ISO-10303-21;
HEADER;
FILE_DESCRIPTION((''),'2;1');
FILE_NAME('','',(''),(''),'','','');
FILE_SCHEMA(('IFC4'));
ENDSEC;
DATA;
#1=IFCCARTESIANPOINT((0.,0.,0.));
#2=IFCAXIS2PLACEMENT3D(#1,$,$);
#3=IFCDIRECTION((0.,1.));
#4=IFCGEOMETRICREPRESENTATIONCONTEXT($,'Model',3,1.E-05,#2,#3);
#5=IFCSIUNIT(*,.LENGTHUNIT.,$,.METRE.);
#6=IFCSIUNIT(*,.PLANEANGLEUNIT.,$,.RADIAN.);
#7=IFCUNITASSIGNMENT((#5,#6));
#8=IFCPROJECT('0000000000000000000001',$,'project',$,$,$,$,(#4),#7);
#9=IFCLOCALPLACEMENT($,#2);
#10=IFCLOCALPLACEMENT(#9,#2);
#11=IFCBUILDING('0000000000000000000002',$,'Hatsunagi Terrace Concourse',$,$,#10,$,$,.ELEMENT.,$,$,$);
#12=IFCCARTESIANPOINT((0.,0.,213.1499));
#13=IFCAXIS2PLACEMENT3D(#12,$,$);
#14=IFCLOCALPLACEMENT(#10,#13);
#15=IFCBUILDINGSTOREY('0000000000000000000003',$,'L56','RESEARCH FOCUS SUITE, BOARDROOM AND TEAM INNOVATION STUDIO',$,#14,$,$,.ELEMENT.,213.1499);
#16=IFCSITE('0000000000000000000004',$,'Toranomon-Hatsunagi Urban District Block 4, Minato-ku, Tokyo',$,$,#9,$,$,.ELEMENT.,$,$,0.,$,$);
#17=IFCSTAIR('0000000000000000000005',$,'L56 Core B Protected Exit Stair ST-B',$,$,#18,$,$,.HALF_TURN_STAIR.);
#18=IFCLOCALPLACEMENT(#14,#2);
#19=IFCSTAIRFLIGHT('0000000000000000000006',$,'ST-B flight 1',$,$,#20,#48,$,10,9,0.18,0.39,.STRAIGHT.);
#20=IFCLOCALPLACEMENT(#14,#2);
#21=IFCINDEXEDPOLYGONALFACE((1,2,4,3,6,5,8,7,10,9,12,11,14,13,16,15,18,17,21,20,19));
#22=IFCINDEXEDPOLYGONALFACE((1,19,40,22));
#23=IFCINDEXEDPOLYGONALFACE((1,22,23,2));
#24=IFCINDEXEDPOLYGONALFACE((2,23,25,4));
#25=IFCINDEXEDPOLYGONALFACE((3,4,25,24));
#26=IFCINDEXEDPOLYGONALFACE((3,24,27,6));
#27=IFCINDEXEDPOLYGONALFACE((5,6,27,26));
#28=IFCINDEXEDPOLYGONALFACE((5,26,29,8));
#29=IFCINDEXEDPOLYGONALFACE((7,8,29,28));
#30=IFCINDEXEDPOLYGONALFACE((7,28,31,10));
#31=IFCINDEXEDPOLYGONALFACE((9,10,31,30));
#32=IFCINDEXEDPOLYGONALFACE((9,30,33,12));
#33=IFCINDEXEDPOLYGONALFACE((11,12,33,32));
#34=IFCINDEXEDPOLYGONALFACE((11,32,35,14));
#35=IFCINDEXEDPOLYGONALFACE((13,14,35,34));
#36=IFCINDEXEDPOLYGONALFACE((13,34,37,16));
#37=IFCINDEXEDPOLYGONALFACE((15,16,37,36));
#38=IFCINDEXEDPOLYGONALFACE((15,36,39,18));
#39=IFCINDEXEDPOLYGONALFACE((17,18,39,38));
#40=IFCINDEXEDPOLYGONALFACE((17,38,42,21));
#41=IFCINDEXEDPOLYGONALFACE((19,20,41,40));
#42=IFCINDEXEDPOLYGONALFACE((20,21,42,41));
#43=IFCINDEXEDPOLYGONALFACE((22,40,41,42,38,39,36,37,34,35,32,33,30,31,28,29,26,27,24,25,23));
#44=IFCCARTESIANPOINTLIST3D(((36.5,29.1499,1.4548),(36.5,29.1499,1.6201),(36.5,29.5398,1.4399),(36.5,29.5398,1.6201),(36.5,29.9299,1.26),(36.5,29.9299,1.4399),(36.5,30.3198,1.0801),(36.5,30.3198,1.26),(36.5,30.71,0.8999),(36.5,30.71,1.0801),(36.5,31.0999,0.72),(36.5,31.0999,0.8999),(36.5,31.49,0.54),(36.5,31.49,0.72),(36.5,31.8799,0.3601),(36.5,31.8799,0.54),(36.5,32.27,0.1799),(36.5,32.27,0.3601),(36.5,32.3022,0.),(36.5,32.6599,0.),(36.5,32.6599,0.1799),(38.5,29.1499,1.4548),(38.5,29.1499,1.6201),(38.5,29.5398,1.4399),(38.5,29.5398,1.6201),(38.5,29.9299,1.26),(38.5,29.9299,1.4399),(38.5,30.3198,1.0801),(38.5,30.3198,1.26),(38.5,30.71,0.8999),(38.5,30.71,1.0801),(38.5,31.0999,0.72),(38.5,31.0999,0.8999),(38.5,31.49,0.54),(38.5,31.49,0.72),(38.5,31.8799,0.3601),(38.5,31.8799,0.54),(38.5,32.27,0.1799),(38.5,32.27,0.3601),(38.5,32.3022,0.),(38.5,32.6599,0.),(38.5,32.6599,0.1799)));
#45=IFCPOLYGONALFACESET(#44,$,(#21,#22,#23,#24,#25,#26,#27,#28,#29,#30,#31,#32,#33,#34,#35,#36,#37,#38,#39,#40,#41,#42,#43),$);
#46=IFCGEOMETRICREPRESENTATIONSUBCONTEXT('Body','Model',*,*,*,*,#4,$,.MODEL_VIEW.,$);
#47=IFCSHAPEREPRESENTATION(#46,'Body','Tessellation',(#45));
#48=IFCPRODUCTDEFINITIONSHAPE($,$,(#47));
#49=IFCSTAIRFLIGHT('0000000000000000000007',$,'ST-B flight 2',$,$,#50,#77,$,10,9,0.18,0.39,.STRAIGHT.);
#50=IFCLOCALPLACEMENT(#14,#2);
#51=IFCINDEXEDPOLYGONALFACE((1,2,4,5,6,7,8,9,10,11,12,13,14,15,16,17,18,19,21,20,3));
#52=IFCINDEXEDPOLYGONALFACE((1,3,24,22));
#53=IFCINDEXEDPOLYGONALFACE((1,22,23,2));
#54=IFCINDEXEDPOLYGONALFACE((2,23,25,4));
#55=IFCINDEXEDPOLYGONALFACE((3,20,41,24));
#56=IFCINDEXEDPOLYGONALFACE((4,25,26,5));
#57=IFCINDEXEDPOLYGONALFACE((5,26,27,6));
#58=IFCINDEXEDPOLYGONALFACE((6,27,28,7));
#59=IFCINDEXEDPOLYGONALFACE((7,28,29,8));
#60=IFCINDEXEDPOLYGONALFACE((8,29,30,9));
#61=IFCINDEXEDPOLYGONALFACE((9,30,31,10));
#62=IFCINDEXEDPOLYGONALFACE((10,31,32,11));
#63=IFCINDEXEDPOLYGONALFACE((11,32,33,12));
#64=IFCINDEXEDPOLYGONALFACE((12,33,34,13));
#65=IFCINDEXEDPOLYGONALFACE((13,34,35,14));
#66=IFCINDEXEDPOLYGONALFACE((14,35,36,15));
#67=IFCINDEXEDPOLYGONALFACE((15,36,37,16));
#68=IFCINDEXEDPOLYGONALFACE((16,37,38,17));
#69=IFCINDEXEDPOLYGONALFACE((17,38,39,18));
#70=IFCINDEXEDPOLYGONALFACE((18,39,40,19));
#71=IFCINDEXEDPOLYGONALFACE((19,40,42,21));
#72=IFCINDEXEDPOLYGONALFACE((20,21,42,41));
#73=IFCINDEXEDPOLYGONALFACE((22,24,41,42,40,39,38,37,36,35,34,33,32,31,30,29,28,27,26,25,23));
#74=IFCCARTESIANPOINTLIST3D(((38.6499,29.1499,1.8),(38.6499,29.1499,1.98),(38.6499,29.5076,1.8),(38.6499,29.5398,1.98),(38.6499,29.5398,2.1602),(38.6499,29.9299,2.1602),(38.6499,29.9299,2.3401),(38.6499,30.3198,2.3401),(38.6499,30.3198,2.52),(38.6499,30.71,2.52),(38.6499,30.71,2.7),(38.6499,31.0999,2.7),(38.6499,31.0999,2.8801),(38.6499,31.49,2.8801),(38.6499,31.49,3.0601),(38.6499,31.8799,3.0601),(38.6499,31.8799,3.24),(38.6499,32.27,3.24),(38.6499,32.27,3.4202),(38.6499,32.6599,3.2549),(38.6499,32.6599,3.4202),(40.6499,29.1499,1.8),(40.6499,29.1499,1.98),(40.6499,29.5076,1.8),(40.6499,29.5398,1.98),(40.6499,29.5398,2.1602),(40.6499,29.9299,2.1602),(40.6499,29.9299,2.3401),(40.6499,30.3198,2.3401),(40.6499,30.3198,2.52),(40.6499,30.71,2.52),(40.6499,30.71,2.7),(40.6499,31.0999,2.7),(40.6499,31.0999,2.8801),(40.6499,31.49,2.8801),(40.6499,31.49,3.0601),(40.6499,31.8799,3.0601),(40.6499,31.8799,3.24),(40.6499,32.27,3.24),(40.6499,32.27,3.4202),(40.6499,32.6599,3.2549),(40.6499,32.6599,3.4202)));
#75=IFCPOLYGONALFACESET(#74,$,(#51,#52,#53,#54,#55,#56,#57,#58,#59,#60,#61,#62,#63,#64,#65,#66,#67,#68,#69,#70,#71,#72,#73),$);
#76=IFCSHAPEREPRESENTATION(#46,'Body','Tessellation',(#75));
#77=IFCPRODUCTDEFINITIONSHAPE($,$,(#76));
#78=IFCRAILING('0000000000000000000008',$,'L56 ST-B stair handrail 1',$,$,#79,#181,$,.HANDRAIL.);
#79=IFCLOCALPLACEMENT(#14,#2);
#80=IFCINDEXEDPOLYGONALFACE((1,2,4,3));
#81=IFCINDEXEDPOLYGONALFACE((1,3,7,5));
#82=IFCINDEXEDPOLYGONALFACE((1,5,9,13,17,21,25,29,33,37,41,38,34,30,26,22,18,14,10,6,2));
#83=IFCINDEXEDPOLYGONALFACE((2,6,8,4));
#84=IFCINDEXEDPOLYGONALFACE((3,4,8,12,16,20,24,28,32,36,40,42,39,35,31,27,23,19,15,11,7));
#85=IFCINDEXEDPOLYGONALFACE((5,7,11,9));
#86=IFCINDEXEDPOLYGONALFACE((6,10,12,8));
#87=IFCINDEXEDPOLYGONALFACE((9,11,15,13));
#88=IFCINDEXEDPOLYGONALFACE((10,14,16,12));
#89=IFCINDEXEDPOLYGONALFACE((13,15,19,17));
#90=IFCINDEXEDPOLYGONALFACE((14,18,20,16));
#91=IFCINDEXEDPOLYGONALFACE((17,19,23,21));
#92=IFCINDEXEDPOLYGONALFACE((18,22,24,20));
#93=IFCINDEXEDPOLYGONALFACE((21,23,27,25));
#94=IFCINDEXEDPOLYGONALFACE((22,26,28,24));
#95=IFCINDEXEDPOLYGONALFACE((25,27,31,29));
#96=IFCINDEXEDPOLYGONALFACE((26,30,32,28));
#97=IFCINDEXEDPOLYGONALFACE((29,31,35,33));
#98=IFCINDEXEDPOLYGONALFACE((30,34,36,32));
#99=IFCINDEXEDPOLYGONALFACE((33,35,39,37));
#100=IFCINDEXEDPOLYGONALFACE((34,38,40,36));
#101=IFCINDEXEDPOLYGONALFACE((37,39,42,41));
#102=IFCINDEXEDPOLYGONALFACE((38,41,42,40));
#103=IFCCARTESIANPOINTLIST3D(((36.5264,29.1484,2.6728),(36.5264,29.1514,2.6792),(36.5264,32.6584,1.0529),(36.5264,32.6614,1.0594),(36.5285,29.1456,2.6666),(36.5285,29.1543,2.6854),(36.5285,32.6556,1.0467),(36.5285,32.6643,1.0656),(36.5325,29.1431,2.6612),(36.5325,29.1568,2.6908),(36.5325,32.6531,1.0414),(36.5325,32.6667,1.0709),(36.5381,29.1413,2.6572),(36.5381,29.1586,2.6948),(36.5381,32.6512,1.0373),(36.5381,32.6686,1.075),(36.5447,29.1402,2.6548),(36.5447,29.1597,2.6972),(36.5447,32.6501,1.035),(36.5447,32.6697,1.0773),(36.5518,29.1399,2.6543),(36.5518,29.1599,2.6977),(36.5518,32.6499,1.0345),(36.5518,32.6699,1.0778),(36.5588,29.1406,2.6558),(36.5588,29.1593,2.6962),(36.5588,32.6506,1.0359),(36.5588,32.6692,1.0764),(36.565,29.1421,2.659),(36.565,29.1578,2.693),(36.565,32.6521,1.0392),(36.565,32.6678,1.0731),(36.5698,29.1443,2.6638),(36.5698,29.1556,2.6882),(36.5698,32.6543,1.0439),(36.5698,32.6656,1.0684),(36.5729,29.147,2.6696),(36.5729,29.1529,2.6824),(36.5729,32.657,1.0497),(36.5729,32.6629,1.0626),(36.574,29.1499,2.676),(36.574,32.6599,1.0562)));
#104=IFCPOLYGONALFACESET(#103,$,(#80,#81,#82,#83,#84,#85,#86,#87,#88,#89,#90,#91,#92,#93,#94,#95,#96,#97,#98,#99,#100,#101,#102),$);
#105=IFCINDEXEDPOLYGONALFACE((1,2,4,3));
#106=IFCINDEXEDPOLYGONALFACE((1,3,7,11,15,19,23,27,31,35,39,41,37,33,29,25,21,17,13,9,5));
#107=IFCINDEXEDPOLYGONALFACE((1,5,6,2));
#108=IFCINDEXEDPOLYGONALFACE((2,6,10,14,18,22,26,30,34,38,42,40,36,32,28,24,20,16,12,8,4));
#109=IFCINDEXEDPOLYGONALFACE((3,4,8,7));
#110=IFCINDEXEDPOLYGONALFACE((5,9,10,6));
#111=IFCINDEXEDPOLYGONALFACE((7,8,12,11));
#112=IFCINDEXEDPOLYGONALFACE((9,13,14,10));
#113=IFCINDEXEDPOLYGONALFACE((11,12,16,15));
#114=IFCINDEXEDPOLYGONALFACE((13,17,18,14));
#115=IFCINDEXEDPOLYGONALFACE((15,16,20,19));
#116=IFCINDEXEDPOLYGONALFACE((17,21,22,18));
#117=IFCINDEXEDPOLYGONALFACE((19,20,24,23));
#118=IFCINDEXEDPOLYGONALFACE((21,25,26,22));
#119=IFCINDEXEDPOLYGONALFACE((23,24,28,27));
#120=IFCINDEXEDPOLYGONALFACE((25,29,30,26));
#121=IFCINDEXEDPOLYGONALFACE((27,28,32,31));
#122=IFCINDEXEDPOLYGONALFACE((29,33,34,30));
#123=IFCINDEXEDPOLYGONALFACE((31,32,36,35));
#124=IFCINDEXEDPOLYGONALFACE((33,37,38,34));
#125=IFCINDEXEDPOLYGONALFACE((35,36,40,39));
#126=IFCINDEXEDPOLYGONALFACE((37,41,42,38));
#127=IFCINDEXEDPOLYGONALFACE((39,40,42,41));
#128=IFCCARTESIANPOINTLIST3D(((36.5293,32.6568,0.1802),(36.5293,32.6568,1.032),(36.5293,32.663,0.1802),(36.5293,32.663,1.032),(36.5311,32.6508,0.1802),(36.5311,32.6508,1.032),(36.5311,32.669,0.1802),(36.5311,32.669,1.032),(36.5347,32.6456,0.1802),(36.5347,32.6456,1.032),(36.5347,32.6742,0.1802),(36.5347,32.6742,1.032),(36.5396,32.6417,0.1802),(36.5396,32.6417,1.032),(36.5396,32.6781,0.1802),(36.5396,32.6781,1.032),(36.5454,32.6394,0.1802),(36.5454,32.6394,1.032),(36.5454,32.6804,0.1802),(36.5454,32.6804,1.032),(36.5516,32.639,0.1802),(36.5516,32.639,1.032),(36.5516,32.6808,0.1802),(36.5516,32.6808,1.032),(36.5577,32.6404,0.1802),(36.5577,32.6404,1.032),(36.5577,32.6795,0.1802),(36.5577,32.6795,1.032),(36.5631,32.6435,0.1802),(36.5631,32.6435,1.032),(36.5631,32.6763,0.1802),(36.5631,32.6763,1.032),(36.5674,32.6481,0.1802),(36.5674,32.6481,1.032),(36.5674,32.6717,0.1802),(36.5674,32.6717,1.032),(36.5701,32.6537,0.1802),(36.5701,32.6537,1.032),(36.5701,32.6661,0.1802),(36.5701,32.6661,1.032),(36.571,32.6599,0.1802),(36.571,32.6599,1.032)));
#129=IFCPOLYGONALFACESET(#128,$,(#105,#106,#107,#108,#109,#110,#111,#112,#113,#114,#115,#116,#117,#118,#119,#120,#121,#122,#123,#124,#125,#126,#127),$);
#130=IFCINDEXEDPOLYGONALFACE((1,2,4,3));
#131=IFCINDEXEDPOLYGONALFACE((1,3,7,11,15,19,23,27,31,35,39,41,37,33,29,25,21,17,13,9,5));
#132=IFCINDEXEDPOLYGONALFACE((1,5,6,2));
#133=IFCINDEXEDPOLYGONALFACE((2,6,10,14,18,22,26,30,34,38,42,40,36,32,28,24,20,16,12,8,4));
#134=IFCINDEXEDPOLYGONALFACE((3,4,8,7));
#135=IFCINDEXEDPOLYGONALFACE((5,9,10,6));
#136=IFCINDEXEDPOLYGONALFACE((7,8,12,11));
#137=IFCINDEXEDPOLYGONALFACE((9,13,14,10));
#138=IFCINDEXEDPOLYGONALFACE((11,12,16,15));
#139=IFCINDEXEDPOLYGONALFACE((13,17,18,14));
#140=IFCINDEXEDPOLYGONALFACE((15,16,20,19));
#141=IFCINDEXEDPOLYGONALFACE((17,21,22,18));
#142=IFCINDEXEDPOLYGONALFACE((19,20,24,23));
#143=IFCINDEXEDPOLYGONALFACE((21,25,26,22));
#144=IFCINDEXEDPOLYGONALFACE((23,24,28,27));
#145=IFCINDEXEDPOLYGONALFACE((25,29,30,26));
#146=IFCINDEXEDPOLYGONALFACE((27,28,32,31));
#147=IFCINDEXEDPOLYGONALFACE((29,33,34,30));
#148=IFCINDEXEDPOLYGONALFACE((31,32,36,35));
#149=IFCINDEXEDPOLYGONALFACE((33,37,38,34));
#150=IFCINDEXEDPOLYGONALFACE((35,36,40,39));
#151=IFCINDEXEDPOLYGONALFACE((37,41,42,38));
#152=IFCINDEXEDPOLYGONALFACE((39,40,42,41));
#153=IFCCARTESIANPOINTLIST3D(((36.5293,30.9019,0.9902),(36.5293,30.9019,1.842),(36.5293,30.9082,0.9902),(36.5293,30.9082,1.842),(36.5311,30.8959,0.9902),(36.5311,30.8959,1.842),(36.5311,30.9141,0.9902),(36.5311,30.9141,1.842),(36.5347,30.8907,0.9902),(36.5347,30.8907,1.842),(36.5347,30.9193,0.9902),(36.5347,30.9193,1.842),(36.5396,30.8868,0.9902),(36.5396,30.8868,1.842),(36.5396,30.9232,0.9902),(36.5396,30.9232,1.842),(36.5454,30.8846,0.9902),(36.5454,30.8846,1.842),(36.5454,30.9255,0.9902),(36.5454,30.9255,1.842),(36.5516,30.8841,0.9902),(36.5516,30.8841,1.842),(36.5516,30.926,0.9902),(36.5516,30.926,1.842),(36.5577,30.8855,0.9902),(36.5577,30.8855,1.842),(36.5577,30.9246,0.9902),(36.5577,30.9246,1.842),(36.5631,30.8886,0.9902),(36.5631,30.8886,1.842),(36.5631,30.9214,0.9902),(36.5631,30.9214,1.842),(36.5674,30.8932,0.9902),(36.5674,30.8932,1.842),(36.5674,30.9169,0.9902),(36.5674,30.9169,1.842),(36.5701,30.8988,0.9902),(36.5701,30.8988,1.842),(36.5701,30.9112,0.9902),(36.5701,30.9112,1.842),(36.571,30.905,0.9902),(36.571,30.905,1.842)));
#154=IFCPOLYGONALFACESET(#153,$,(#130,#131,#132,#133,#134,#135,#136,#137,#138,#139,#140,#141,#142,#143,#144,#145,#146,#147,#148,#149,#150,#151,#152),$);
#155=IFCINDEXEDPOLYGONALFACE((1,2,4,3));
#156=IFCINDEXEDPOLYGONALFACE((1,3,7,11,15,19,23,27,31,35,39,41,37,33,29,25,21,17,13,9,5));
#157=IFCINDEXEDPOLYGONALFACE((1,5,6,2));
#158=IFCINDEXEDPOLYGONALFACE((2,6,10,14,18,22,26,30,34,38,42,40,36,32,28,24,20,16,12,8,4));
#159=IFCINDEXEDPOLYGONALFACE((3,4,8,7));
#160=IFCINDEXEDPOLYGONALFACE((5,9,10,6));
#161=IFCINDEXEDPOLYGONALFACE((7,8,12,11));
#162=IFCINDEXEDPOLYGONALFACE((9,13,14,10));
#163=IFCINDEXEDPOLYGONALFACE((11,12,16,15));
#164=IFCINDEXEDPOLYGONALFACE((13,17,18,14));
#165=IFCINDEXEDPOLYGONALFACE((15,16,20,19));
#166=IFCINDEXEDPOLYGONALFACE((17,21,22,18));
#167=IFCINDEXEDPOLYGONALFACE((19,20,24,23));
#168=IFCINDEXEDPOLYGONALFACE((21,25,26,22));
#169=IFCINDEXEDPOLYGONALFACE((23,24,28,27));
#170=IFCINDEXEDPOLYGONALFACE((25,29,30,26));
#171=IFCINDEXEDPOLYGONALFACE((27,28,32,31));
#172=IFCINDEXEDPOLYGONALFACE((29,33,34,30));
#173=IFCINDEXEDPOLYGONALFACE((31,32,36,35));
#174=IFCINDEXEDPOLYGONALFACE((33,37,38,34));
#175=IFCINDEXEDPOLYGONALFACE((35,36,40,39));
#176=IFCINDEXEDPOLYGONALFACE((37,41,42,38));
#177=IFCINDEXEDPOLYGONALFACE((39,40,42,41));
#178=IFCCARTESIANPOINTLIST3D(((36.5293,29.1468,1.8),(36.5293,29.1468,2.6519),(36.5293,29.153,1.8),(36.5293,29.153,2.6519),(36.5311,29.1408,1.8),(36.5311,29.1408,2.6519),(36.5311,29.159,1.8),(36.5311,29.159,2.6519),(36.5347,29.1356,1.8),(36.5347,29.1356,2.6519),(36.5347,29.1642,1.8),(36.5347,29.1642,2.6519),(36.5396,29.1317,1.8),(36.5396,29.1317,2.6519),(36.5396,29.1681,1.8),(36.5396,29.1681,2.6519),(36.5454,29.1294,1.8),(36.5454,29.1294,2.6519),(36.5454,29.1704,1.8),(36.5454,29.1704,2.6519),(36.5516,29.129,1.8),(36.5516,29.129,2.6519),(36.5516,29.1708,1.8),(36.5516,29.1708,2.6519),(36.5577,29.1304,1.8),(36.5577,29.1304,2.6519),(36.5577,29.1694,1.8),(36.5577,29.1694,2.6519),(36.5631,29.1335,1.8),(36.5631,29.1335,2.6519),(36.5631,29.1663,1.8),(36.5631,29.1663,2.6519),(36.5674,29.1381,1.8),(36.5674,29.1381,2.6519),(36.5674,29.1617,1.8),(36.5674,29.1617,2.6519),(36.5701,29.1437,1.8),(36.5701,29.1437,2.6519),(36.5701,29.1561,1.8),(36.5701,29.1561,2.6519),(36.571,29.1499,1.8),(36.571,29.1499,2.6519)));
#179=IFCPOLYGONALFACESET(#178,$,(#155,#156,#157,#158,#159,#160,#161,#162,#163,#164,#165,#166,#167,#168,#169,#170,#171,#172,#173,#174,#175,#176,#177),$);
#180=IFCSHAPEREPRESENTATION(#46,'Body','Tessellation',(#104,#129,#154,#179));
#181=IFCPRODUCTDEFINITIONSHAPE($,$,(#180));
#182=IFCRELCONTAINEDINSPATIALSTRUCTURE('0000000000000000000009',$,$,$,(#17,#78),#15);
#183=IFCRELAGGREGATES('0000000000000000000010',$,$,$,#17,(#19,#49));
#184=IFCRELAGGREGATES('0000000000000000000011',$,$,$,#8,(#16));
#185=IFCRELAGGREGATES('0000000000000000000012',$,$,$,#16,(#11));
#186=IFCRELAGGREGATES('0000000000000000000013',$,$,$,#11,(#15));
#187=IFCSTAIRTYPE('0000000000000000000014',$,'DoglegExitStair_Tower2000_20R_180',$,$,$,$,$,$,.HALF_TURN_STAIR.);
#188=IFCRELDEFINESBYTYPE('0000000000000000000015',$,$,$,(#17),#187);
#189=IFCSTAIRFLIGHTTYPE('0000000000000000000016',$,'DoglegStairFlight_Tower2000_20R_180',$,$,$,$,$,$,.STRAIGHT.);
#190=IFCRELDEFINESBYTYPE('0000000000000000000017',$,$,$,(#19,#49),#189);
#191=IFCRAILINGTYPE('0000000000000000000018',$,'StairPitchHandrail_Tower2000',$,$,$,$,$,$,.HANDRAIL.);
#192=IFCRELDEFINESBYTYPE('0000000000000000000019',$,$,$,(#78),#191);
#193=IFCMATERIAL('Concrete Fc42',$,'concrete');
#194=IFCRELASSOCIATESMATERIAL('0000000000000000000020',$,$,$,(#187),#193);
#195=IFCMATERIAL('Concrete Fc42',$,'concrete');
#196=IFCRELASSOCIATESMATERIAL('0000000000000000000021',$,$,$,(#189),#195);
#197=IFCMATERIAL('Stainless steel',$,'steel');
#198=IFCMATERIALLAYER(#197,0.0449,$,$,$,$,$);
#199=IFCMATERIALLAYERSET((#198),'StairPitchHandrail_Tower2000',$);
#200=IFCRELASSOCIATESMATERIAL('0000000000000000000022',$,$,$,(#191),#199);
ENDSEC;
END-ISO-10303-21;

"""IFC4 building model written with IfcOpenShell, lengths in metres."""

from ifc_helpers import new_model, si_unit, direction, frame, origin, origin_2d, place, context, subcontext, project, spatial, polyline, circle, outline, extrude, material, layer, layer_set, type_object, element, aggregate, save


model = new_model("IFC4")

# Units and contexts
model_context = context("Model", 3, precision=1e-05, world=origin(), true_north=direction((0.0, 1.0)))
body_context = subcontext(model_context, "Body", "Model", "MODEL_VIEW")
ifc_project = project(units=[si_unit("LENGTHUNIT", "METRE"), si_unit("PLANEANGLEUNIT", "RADIAN")], contexts=[model_context])

# Site, building, storey
site_placement = place(None, origin())
site = spatial("IfcSite", under=ifc_project, at=site_placement, Name="Toranomon-Hatsunagi Urban District Block 4, Minato-ku, Tokyo", CompositionType="ELEMENT", RefElevation=0.0)
building_placement = place(site_placement, origin())
building = spatial("IfcBuilding", under=site, at=building_placement, Name="Hatsunagi Terrace Concourse", CompositionType="ELEMENT")
storey_placement = place(building_placement, frame((0.0, 0.0, 213.1499)))
storey = spatial("IfcBuildingStorey", under=building, at=storey_placement, Name="L56", Description="RESEARCH FOCUS SUITE, BOARDROOM AND TEAM INNOVATION STUDIO", CompositionType="ELEMENT", Elevation=213.1499)

# Stair, stair flights
ifc_material_1 = material(Name="Concrete Fc42", Category="concrete")
stair_type = type_object("IfcStairType", Name="DoglegExitStair_Tower2000_20R_180", PredefinedType="HALF_TURN_STAIR", material=ifc_material_1)
stair_placement = place(storey_placement, origin())
stair = element("IfcStair", 1, at=stair_placement, inside=storey, type_object=stair_type, Name="L56 Core B Protected Exit Stair ST-B", PredefinedType="HALF_TURN_STAIR")
ifc_material_2 = material(Name="Concrete Fc42", Category="concrete")
stair_flight_type = type_object("IfcStairFlightType", Name="DoglegStairFlight_Tower2000_20R_180", PredefinedType="STRAIGHT", material=ifc_material_2)
stair_flight_1_placement = place(storey_placement, frame((37.5, 32.6599, 0.0), z_axis=(0.0, 0.0, 1.0), x_axis=(0.0, -1.0, 0.0)))
stair_flight_1 = element("IfcStairFlight", 2, at=stair_flight_1_placement, type_object=stair_flight_type, Name="ST-B flight 1", NumberOfRisers=10, NumberOfTreads=9, PredefinedType="STRAIGHT", RiserHeight=0.18, TreadLength=0.39, context=body_context, shape_type="SweptSolid", body=[
    extrude(outline(polyline([(0.0, 0.0), (0.0, 0.1799), (0.3899, 0.1799), (0.3899, 0.3601), (0.78, 0.3601), (0.78, 0.54), (1.1699, 0.54), (1.1699, 0.72), (1.5601, 0.72), (1.5601, 0.8999), (1.95, 0.8999), (1.95, 1.0801), (2.3401, 1.0801), (2.3401, 1.26), (2.73, 1.26), (2.73, 1.4399), (3.1201, 1.4399), (3.1201, 1.6201), (3.51, 1.6201), (3.51, 1.8), (3.51, 1.4548), (0.3577, 0.0), (0.0, 0.0)])), frame((0.0, 1.0, 0.0), z_axis=(0.0, -1.0, 0.0), x_axis=(1.0, 0.0, 0.0)), (0.0, 0.0, 1.0), 2.0),
])
stair_flight_2_placement = place(storey_placement, frame((39.6499, 29.1499, 1.8), z_axis=(0.0, 0.0, 1.0), x_axis=(0.0, 1.0, 0.0)))
stair_flight_2 = element("IfcStairFlight", 3, at=stair_flight_2_placement, type_object=stair_flight_type, Name="ST-B flight 2", NumberOfRisers=10, NumberOfTreads=9, PredefinedType="STRAIGHT", RiserHeight=0.18, TreadLength=0.39, context=body_context, shape_type="SweptSolid", body=[
    extrude(outline(polyline([(0.0, 0.0), (0.0, 0.1799), (0.3899, 0.1799), (0.3899, 0.3601), (0.78, 0.3601), (0.78, 0.54), (1.1699, 0.54), (1.1699, 0.72), (1.5601, 0.72), (1.5601, 0.8999), (1.95, 0.8999), (1.95, 1.0801), (2.3401, 1.0801), (2.3401, 1.26), (2.73, 1.26), (2.73, 1.4399), (3.1201, 1.4399), (3.1201, 1.6201), (3.51, 1.6201), (3.51, 1.8), (3.51, 1.4548), (0.3577, 0.0), (0.0, 0.0)])), frame((0.0, 1.0, 0.0), z_axis=(0.0, -1.0, 0.0), x_axis=(1.0, 0.0, 0.0)), (0.0, 0.0, 1.0), 2.0),
])
aggregate(stair, [stair_flight_1, stair_flight_2])

# Railing
ifc_material_3 = material(Name="Stainless steel", Category="steel")
ifc_layer_1 = layer(ifc_material_3, 0.0449)
ifc_layer_set_1 = layer_set([ifc_layer_1], Name="StairPitchHandrail_Tower2000")
railing_type_1 = type_object("IfcRailingType", Name="StairPitchHandrail_Tower2000", PredefinedType="HANDRAIL", material=ifc_layer_set_1)
railing_1_placement = place(storey_placement, frame((36.55, 32.6599, 0.1802)))
element("IfcRailing", 4, at=railing_1_placement, inside=storey, type_object=railing_type_1, Name="L56 ST-B stair handrail 1", PredefinedType="HANDRAIL", context=body_context, shape_type="SweptSolid", body=[
    extrude(circle(Radius=0.0239, at=origin_2d()), frame((0.0, 0.0, 0.876), z_axis=(0.0, -0.907972, 0.41903), x_axis=(1.0, 0.0, 0.0)), (0.0, 0.0, 1.0), 3.8657),
    extrude(circle(Radius=0.021, at=origin_2d()), origin(), (0.0, 0.0, 1.0), 0.8518),
    extrude(circle(Radius=0.021, at=origin_2d()), frame((0.0, -1.7549, 0.8101)), (0.0, 0.0, 1.0), 0.8518),
    extrude(circle(Radius=0.021, at=origin_2d()), frame((0.0, -3.51, 1.6199)), (0.0, 0.0, 1.0), 0.8518),
])

save(model, "model.ifc")
